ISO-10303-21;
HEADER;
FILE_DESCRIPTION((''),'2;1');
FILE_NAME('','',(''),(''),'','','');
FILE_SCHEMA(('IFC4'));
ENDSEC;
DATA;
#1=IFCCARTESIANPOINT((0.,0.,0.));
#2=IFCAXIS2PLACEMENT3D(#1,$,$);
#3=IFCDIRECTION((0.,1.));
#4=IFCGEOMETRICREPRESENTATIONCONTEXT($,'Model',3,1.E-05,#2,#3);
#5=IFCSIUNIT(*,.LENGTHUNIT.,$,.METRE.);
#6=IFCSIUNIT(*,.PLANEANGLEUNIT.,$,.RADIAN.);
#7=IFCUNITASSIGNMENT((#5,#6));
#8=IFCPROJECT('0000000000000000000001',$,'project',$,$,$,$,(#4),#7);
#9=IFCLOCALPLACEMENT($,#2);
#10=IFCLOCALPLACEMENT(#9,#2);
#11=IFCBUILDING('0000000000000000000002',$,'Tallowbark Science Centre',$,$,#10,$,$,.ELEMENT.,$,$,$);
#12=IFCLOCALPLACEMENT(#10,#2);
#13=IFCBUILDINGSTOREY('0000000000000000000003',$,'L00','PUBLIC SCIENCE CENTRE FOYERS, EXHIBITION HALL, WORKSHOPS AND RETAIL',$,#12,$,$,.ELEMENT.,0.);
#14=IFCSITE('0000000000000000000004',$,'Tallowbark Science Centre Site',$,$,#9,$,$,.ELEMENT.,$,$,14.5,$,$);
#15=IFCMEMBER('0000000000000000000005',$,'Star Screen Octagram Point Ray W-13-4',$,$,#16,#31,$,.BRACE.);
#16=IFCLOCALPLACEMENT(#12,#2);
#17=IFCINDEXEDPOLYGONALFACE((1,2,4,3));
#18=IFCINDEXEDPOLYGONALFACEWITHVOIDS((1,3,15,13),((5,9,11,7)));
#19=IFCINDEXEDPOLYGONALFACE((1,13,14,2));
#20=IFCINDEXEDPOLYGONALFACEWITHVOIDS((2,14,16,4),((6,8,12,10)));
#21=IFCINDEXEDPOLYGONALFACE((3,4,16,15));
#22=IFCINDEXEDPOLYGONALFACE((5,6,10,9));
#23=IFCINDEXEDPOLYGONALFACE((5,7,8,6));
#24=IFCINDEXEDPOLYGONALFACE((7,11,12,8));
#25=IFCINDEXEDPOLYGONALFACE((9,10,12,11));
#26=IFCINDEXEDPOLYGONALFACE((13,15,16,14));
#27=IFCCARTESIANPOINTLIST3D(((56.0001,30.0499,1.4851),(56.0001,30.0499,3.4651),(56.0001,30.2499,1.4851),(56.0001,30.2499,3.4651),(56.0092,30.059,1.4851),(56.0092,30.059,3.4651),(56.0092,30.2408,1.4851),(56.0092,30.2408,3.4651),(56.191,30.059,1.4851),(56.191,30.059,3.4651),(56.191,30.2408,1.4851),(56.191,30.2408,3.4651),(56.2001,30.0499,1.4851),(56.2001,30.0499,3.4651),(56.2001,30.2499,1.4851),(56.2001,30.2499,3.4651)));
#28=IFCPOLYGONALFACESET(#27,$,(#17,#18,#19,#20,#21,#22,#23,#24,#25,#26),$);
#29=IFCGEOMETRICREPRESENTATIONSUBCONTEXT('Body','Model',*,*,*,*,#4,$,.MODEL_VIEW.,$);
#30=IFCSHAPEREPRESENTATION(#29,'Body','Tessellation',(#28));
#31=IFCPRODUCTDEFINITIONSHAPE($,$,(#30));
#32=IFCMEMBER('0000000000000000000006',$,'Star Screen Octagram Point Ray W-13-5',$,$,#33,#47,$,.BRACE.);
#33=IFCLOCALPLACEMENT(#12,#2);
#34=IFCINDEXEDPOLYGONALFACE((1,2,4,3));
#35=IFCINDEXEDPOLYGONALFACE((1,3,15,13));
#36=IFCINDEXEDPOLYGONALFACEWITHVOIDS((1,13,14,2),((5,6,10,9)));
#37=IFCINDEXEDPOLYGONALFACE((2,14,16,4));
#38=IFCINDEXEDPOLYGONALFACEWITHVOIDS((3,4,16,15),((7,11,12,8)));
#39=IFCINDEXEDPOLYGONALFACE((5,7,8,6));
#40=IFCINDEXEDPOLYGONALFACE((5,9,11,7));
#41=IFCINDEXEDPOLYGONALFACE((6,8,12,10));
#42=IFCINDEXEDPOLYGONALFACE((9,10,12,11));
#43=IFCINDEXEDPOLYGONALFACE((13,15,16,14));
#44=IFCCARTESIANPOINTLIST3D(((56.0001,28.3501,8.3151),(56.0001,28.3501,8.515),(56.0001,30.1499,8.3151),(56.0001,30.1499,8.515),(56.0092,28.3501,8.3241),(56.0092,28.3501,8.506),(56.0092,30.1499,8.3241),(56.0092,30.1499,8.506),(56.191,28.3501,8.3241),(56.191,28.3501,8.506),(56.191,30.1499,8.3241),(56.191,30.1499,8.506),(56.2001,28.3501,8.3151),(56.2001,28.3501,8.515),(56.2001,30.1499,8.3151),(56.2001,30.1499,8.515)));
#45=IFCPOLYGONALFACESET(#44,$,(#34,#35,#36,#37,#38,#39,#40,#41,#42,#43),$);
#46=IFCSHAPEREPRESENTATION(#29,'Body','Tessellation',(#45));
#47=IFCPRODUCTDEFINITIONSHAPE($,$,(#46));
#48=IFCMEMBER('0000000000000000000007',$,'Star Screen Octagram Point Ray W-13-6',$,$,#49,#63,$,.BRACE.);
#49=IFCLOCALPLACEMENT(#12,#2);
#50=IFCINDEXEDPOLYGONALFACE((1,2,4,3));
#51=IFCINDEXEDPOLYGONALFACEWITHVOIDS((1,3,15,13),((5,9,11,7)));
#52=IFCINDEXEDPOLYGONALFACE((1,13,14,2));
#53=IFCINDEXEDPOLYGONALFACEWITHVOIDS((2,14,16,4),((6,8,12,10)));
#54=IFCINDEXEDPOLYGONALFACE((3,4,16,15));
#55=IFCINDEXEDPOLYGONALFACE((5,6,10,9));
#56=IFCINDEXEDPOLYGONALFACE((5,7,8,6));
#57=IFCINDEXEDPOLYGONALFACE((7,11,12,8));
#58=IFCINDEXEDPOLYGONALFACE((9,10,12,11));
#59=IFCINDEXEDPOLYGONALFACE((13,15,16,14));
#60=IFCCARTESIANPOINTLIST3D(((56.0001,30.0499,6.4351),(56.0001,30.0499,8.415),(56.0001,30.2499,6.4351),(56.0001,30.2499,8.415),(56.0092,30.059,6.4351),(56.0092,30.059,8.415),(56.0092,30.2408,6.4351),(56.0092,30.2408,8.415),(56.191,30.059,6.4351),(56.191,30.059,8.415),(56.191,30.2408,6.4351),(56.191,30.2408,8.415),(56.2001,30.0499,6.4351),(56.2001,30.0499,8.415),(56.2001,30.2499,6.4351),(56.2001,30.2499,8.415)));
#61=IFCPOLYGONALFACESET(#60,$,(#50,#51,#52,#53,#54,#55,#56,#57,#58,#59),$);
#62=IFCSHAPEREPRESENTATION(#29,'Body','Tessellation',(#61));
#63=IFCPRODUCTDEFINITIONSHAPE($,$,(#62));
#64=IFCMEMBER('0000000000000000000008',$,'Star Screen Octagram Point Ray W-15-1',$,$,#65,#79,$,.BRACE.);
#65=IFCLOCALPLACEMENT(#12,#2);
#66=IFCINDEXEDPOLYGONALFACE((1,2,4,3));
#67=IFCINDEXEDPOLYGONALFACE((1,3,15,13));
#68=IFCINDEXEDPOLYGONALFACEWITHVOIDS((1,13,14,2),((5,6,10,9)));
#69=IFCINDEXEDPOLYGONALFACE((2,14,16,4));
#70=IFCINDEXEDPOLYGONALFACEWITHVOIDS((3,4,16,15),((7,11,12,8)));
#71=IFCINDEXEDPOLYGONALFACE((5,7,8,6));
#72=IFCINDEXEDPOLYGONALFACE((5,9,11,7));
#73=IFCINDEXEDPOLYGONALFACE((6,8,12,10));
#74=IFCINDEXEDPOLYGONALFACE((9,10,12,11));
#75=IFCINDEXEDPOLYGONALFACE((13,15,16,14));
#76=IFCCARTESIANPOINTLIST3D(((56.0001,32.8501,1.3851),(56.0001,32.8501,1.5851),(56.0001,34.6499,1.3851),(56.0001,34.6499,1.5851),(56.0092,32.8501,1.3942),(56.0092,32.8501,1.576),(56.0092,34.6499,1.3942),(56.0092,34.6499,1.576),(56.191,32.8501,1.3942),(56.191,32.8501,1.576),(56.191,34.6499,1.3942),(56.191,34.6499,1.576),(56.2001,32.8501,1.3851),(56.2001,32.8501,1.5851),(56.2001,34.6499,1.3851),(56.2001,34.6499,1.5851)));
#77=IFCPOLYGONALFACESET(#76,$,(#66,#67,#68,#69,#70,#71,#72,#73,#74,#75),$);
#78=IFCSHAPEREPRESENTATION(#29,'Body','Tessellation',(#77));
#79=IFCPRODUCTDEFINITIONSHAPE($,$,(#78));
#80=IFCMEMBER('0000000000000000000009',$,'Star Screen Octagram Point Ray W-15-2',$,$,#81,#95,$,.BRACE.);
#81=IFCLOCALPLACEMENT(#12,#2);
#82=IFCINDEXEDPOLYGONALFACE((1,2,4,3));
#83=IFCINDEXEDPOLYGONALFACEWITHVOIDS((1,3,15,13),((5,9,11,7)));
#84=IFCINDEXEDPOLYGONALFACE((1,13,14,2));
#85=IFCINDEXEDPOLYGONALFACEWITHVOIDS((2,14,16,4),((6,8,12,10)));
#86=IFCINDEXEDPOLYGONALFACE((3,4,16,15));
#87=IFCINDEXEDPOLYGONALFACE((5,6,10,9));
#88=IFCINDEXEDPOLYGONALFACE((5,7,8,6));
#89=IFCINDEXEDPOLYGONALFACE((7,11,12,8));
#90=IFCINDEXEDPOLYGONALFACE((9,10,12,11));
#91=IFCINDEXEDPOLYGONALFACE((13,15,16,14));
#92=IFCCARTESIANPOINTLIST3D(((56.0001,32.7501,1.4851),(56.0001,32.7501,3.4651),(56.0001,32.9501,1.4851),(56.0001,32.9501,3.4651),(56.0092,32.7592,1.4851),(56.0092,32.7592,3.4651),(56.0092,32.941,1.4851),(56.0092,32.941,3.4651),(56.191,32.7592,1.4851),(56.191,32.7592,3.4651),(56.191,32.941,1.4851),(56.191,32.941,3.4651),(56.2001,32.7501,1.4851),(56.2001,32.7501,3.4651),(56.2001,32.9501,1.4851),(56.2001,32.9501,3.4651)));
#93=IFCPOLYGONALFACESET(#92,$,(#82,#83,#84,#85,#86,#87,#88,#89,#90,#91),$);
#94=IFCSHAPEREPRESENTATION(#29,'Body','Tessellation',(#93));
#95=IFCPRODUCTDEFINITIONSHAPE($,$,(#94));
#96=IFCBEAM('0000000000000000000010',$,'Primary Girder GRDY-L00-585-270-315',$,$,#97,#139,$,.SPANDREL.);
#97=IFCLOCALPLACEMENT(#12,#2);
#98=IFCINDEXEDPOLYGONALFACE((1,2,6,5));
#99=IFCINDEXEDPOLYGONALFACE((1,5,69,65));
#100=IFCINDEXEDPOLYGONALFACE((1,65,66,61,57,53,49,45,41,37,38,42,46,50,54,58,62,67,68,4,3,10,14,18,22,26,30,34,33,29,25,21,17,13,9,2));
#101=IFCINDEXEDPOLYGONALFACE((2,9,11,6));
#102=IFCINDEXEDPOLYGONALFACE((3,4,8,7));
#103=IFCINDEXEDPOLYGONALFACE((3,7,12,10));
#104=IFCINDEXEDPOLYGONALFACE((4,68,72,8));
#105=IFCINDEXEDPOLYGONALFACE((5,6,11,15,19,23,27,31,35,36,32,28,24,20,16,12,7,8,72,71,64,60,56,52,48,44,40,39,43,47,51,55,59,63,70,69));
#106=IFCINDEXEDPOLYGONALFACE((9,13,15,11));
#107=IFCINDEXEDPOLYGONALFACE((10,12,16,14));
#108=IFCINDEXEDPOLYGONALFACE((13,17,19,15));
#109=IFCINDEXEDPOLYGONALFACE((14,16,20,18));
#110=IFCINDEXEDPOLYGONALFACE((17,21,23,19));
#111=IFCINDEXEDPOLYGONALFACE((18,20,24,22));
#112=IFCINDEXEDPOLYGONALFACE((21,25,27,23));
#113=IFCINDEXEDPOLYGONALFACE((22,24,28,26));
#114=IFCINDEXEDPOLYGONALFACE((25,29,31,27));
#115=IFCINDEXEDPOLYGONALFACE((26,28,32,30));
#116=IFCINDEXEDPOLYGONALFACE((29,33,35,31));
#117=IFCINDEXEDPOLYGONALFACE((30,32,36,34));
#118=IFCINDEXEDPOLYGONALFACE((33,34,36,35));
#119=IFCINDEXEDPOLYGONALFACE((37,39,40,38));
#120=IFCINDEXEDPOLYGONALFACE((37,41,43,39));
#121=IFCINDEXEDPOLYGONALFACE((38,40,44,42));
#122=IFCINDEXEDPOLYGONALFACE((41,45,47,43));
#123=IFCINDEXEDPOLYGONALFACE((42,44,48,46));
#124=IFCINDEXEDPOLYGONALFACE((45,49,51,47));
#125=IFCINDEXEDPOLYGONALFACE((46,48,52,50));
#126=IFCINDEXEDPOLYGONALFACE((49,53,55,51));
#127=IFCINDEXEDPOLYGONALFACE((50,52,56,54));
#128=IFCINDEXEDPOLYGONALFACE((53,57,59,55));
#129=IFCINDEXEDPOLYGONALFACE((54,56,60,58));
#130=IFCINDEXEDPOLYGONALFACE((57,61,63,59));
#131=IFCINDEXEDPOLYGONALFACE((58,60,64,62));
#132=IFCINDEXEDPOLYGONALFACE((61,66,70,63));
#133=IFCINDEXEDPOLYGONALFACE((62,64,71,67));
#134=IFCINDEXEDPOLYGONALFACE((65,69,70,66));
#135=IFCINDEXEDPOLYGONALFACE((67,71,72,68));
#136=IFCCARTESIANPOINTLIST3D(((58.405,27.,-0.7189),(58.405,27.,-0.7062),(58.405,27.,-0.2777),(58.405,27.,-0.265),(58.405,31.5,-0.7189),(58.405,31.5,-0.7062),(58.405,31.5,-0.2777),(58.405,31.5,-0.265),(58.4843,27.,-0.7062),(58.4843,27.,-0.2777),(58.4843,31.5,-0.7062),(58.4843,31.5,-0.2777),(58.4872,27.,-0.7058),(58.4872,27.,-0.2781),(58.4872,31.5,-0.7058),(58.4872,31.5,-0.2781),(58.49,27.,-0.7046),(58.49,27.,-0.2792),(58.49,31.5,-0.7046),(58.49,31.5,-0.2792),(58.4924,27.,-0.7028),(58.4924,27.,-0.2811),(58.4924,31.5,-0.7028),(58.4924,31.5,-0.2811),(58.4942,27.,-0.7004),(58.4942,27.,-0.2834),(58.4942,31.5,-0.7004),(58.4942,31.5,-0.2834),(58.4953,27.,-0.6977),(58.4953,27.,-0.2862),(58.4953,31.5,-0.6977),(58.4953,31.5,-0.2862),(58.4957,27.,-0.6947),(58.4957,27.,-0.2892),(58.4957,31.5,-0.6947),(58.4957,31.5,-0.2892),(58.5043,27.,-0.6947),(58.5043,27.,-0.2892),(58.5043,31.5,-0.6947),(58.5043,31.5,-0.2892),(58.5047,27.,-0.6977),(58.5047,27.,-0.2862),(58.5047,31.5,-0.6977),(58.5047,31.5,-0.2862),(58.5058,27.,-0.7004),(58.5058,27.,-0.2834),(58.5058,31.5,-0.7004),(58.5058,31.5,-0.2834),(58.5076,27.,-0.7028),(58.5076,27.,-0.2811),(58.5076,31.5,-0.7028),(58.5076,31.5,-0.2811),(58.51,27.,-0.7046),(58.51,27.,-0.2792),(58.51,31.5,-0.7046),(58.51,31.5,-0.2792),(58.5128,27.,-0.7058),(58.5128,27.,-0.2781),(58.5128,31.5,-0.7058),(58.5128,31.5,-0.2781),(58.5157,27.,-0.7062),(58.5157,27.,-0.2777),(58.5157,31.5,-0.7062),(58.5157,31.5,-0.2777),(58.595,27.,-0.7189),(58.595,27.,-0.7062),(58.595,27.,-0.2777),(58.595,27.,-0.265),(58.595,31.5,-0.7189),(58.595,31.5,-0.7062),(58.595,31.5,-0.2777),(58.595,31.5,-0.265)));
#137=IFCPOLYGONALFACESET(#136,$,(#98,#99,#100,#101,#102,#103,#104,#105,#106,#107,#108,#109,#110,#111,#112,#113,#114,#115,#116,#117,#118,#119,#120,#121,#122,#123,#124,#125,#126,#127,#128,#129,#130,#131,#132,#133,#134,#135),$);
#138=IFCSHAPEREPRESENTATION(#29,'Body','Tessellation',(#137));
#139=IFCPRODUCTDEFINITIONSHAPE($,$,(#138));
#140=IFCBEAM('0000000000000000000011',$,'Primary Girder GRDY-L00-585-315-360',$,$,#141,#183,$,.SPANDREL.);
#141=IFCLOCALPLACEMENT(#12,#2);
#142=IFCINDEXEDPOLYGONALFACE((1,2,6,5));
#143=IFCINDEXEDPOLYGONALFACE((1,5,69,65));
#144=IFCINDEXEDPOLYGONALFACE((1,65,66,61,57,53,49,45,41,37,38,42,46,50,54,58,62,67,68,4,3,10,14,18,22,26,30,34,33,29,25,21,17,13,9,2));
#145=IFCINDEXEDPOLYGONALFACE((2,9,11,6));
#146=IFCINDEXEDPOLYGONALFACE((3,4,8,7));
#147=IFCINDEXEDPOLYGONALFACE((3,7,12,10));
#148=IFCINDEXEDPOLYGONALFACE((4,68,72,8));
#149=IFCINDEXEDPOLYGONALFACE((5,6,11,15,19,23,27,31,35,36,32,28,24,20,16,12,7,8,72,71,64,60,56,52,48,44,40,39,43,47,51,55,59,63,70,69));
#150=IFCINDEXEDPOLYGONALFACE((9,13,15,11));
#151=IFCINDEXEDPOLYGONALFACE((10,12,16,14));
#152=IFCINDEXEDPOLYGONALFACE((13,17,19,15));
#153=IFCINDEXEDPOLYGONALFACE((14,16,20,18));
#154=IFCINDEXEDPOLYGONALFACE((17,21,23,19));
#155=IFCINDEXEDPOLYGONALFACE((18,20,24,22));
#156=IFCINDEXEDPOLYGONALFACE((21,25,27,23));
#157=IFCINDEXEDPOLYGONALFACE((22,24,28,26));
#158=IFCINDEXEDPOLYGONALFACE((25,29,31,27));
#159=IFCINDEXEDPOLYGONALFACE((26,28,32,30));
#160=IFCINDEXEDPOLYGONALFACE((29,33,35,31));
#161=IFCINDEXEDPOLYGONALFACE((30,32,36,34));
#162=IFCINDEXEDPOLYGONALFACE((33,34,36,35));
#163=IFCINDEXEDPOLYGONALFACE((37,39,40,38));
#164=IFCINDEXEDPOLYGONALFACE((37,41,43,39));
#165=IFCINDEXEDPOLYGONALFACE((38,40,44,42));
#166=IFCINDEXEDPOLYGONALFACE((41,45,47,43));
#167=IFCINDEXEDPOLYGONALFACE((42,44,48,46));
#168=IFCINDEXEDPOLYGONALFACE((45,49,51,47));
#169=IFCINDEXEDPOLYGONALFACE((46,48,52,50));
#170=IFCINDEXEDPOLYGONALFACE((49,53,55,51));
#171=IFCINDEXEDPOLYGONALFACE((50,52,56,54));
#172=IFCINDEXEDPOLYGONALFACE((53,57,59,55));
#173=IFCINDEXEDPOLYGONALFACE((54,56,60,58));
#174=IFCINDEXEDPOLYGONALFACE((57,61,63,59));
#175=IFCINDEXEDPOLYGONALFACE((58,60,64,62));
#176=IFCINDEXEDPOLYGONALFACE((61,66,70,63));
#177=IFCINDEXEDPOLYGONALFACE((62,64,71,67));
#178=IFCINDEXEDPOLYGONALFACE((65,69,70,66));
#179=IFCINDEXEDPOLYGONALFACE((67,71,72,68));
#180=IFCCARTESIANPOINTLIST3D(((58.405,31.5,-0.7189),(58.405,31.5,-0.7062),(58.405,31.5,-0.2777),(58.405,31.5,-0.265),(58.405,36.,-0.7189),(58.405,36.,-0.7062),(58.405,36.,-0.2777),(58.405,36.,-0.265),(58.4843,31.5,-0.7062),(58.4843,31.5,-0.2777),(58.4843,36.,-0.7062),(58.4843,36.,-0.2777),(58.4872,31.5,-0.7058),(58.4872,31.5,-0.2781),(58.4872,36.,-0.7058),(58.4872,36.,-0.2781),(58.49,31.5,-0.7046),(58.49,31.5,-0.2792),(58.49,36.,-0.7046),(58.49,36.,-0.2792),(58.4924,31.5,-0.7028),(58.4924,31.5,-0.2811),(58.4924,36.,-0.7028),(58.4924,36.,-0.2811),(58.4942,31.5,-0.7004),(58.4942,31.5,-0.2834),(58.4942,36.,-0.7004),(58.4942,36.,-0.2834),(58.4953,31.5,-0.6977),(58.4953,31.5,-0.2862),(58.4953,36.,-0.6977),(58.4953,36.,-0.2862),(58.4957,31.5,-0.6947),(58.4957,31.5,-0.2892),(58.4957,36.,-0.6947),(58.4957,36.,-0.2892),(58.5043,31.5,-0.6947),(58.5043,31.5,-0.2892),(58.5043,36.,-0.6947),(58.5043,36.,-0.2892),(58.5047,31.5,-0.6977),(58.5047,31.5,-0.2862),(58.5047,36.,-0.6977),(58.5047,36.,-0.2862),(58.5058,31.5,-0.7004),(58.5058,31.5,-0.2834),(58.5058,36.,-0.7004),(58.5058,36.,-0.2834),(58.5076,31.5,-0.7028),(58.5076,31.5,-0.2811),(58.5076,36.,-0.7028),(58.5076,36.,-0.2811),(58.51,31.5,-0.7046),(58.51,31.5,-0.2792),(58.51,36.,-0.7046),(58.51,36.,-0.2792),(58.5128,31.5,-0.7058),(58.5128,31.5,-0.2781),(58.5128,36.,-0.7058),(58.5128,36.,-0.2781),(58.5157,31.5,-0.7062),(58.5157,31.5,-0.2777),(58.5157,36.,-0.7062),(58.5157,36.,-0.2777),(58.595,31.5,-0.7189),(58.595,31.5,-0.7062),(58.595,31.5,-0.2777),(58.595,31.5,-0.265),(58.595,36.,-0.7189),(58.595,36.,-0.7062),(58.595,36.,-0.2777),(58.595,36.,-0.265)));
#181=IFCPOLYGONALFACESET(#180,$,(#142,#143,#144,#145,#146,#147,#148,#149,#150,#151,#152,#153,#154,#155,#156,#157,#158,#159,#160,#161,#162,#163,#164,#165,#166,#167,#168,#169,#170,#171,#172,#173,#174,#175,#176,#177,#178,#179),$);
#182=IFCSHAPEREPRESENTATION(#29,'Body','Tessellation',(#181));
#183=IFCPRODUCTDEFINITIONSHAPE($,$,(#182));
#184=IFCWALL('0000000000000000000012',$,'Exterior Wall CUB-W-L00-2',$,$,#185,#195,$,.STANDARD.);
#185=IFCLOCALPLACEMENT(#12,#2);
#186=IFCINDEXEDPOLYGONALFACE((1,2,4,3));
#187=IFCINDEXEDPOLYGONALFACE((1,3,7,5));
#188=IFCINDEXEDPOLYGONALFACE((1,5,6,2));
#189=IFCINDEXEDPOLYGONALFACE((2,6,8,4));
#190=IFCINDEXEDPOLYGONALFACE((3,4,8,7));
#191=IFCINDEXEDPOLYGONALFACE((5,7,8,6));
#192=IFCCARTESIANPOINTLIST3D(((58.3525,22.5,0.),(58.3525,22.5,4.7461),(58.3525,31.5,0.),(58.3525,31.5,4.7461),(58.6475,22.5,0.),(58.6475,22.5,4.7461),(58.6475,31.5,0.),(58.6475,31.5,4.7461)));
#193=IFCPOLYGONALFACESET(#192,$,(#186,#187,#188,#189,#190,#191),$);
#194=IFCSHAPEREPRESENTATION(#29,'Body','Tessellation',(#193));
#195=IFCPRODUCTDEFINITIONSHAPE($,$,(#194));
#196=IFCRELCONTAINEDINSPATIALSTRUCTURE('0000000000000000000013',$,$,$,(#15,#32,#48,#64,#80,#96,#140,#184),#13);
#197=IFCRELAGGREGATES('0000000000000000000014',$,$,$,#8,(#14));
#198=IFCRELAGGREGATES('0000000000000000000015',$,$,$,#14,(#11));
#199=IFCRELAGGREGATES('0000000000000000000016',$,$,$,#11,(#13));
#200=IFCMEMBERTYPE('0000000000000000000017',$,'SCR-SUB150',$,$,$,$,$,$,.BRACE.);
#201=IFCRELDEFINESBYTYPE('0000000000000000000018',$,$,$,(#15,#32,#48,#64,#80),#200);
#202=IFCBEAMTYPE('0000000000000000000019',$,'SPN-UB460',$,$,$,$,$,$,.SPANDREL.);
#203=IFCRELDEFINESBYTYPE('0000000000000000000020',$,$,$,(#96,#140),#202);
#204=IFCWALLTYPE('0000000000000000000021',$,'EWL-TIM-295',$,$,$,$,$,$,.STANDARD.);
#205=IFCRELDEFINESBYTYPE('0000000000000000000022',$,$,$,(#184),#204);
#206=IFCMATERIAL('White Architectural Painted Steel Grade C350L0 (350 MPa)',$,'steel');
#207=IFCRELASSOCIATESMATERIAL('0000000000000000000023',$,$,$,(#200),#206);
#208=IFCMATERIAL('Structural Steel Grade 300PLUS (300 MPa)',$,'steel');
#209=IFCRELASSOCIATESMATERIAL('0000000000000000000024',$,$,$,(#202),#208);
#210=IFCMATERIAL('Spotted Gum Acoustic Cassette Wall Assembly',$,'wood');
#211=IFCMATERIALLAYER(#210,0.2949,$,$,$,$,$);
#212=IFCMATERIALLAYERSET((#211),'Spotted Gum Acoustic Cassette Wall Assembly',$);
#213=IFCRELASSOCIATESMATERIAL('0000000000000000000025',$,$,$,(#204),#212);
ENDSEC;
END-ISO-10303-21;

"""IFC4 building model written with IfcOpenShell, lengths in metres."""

from ifc_helpers import new_model, si_unit, direction, frame, frame_2d, origin, origin_2d, place, context, subcontext, project, spatial, rectangle, hollow_rectangle, i_section, extrude, material, layer, layer_set, material_profile, profile_set, type_object, element, save


model = new_model("IFC4")

# Units and contexts
model_context = context("Model", 3, precision=1e-05, world=origin(), true_north=direction((0.0, 1.0)))
body_context = subcontext(model_context, "Body", "Model", "MODEL_VIEW")
ifc_project = project(units=[si_unit("LENGTHUNIT", "METRE"), si_unit("PLANEANGLEUNIT", "RADIAN")], contexts=[model_context])

# Site, building, storey
site_placement = place(None, origin())
site = spatial("IfcSite", under=ifc_project, at=site_placement, Name="Tallowbark Science Centre Site", CompositionType="ELEMENT", RefElevation=14.5)
building_placement = place(site_placement, origin())
building = spatial("IfcBuilding", under=site, at=building_placement, Name="Tallowbark Science Centre", CompositionType="ELEMENT")
storey_placement = place(building_placement, origin())
storey = spatial("IfcBuildingStorey", under=building, at=storey_placement, Name="L00", Description="PUBLIC SCIENCE CENTRE FOYERS, EXHIBITION HALL, WORKSHOPS AND RETAIL", CompositionType="ELEMENT", Elevation=0.0)

# Shared definitions
ifc_material_1 = material(Name="White Architectural Painted Steel Grade C350L0 (350 MPa)", Category="steel")
ifc_material_2 = material(Name="Structural Steel Grade 300PLUS (300 MPa)", Category="steel")

# Members
ifc_material_profile_1 = material_profile(ifc_material_1, hollow_rectangle(XDim=0.2, YDim=0.2, WallThickness=0.009, at=origin_2d()), Name="200x200x9.0SHS")
ifc_profile_set_1 = profile_set([ifc_material_profile_1], Name="White Architectural Painted Steel Grade C350L0 (350 MPa)")
member_type_1 = type_object("IfcMemberType", Name="SCR-SUB150", PredefinedType="BRACE", material=ifc_profile_set_1)
member_1_placement = place(storey_placement, frame((56.1001, 30.1499, 1.4851), z_axis=(0.0, 0.0, 1.0), x_axis=(1.0, 0.0, 0.0)))
element("IfcMember", 1, at=member_1_placement, inside=storey, type_object=member_type_1, Name="Star Screen Octagram Point Ray W-13-4", PredefinedType="BRACE", context=body_context, shape_type="SweptSolid", body=[
    extrude(hollow_rectangle(XDim=0.2, YDim=0.2, WallThickness=0.009, at=origin_2d()), origin(), (0.0, 0.0, 1.0), 1.98),
])
member_2_placement = place(storey_placement, frame((56.1001, 30.1499, 8.415), z_axis=(0.0, -1.0, 0.0), x_axis=(1.0, 0.0, 0.0)))
element("IfcMember", 2, at=member_2_placement, inside=storey, type_object=member_type_1, Name="Star Screen Octagram Point Ray W-13-5", PredefinedType="BRACE", context=body_context, shape_type="SweptSolid", body=[
    extrude(hollow_rectangle(XDim=0.2, YDim=0.2, WallThickness=0.009, at=origin_2d()), origin(), (0.0, 0.0, 1.0), 1.7998),
])
member_3_placement = place(storey_placement, frame((56.1001, 30.1499, 8.415), z_axis=(0.0, 0.0, -1.0), x_axis=(1.0, 0.0, 0.0)))
element("IfcMember", 3, at=member_3_placement, inside=storey, type_object=member_type_1, Name="Star Screen Octagram Point Ray W-13-6", PredefinedType="BRACE", context=body_context, shape_type="SweptSolid", body=[
    extrude(hollow_rectangle(XDim=0.2, YDim=0.2, WallThickness=0.009, at=origin_2d()), origin(), (0.0, 0.0, 1.0), 1.98),
])
member_4_placement = place(storey_placement, frame((56.1001, 32.8501, 1.4851), z_axis=(0.0, 1.0, 0.0), x_axis=(-1.0, 0.0, 0.0)))
element("IfcMember", 4, at=member_4_placement, inside=storey, type_object=member_type_1, Name="Star Screen Octagram Point Ray W-15-1", PredefinedType="BRACE", context=body_context, shape_type="SweptSolid", body=[
    extrude(hollow_rectangle(XDim=0.2, YDim=0.2, WallThickness=0.009, at=origin_2d()), origin(), (0.0, 0.0, 1.0), 1.7998),
])
member_5_placement = place(storey_placement, frame((56.1001, 32.8501, 1.4851), z_axis=(0.0, 0.0, 1.0), x_axis=(1.0, 0.0, 0.0)))
element("IfcMember", 5, at=member_5_placement, inside=storey, type_object=member_type_1, Name="Star Screen Octagram Point Ray W-15-2", PredefinedType="BRACE", context=body_context, shape_type="SweptSolid", body=[
    extrude(hollow_rectangle(XDim=0.2, YDim=0.2, WallThickness=0.009, at=origin_2d()), origin(), (0.0, 0.0, 1.0), 1.98),
])

# Beams
ifc_material_profile_2 = material_profile(ifc_material_2, i_section(OverallWidth=0.1899, OverallDepth=0.4539, WebThickness=0.0085, FlangeThickness=0.0127, FilletRadius=0.0115, at=origin_2d()), Name="460UB67.1")
ifc_profile_set_2 = profile_set([ifc_material_profile_2], Name="Structural Steel Grade 300PLUS (300 MPa)")
beam_type_1 = type_object("IfcBeamType", Name="SPN-UB460", PredefinedType="SPANDREL", material=ifc_profile_set_2)
for number, where, z_axis, x_axis, name in (
    (6, (58.5, 27.0, -0.4919), (0.0, 1.0, 0.0), (-1.0, 0.0, 0.0), "Primary Girder GRDY-L00-585-270-315"),
    (7, (58.5, 31.5, -0.4919), (0.0, 1.0, 0.0), (-1.0, 0.0, 0.0), "Primary Girder GRDY-L00-585-315-360"),
):
    element("IfcBeam", number, at=place(storey_placement, frame(where, z_axis=z_axis, x_axis=x_axis)), inside=storey, type_object=beam_type_1, Name=name, PredefinedType="SPANDREL", context=body_context, shape_type="SweptSolid", body=[
        extrude(i_section(OverallWidth=0.1899, OverallDepth=0.4539, WebThickness=0.0085, FlangeThickness=0.0127, FilletRadius=0.0115, at=origin_2d()), origin(), (0.0, 0.0, 1.0), 4.5),
    ])

# Wall
ifc_material_3 = material(Name="Spotted Gum Acoustic Cassette Wall Assembly", Category="wood")
ifc_layer_1 = layer(ifc_material_3, 0.2949)
ifc_layer_set_1 = layer_set([ifc_layer_1], Name="Spotted Gum Acoustic Cassette Wall Assembly")
wall_type_1 = type_object("IfcWallType", Name="EWL-TIM-295", PredefinedType="STANDARD", material=ifc_layer_set_1)
wall_1_placement = place(storey_placement, frame((58.5, 31.5, 0.0), z_axis=(0.0, 0.0, 1.0), x_axis=(0.0, -1.0, 0.0)))
element("IfcWall", 8, at=wall_1_placement, inside=storey, type_object=wall_type_1, Name="Exterior Wall CUB-W-L00-2", PredefinedType="STANDARD", context=body_context, shape_type="SweptSolid", body=[
    extrude(rectangle(XDim=9.0, YDim=0.2949, at=frame_2d((4.5, 0.0))), origin(), (0.0, 0.0, 1.0), 4.7461),
])

save(model, "model.ifc")
